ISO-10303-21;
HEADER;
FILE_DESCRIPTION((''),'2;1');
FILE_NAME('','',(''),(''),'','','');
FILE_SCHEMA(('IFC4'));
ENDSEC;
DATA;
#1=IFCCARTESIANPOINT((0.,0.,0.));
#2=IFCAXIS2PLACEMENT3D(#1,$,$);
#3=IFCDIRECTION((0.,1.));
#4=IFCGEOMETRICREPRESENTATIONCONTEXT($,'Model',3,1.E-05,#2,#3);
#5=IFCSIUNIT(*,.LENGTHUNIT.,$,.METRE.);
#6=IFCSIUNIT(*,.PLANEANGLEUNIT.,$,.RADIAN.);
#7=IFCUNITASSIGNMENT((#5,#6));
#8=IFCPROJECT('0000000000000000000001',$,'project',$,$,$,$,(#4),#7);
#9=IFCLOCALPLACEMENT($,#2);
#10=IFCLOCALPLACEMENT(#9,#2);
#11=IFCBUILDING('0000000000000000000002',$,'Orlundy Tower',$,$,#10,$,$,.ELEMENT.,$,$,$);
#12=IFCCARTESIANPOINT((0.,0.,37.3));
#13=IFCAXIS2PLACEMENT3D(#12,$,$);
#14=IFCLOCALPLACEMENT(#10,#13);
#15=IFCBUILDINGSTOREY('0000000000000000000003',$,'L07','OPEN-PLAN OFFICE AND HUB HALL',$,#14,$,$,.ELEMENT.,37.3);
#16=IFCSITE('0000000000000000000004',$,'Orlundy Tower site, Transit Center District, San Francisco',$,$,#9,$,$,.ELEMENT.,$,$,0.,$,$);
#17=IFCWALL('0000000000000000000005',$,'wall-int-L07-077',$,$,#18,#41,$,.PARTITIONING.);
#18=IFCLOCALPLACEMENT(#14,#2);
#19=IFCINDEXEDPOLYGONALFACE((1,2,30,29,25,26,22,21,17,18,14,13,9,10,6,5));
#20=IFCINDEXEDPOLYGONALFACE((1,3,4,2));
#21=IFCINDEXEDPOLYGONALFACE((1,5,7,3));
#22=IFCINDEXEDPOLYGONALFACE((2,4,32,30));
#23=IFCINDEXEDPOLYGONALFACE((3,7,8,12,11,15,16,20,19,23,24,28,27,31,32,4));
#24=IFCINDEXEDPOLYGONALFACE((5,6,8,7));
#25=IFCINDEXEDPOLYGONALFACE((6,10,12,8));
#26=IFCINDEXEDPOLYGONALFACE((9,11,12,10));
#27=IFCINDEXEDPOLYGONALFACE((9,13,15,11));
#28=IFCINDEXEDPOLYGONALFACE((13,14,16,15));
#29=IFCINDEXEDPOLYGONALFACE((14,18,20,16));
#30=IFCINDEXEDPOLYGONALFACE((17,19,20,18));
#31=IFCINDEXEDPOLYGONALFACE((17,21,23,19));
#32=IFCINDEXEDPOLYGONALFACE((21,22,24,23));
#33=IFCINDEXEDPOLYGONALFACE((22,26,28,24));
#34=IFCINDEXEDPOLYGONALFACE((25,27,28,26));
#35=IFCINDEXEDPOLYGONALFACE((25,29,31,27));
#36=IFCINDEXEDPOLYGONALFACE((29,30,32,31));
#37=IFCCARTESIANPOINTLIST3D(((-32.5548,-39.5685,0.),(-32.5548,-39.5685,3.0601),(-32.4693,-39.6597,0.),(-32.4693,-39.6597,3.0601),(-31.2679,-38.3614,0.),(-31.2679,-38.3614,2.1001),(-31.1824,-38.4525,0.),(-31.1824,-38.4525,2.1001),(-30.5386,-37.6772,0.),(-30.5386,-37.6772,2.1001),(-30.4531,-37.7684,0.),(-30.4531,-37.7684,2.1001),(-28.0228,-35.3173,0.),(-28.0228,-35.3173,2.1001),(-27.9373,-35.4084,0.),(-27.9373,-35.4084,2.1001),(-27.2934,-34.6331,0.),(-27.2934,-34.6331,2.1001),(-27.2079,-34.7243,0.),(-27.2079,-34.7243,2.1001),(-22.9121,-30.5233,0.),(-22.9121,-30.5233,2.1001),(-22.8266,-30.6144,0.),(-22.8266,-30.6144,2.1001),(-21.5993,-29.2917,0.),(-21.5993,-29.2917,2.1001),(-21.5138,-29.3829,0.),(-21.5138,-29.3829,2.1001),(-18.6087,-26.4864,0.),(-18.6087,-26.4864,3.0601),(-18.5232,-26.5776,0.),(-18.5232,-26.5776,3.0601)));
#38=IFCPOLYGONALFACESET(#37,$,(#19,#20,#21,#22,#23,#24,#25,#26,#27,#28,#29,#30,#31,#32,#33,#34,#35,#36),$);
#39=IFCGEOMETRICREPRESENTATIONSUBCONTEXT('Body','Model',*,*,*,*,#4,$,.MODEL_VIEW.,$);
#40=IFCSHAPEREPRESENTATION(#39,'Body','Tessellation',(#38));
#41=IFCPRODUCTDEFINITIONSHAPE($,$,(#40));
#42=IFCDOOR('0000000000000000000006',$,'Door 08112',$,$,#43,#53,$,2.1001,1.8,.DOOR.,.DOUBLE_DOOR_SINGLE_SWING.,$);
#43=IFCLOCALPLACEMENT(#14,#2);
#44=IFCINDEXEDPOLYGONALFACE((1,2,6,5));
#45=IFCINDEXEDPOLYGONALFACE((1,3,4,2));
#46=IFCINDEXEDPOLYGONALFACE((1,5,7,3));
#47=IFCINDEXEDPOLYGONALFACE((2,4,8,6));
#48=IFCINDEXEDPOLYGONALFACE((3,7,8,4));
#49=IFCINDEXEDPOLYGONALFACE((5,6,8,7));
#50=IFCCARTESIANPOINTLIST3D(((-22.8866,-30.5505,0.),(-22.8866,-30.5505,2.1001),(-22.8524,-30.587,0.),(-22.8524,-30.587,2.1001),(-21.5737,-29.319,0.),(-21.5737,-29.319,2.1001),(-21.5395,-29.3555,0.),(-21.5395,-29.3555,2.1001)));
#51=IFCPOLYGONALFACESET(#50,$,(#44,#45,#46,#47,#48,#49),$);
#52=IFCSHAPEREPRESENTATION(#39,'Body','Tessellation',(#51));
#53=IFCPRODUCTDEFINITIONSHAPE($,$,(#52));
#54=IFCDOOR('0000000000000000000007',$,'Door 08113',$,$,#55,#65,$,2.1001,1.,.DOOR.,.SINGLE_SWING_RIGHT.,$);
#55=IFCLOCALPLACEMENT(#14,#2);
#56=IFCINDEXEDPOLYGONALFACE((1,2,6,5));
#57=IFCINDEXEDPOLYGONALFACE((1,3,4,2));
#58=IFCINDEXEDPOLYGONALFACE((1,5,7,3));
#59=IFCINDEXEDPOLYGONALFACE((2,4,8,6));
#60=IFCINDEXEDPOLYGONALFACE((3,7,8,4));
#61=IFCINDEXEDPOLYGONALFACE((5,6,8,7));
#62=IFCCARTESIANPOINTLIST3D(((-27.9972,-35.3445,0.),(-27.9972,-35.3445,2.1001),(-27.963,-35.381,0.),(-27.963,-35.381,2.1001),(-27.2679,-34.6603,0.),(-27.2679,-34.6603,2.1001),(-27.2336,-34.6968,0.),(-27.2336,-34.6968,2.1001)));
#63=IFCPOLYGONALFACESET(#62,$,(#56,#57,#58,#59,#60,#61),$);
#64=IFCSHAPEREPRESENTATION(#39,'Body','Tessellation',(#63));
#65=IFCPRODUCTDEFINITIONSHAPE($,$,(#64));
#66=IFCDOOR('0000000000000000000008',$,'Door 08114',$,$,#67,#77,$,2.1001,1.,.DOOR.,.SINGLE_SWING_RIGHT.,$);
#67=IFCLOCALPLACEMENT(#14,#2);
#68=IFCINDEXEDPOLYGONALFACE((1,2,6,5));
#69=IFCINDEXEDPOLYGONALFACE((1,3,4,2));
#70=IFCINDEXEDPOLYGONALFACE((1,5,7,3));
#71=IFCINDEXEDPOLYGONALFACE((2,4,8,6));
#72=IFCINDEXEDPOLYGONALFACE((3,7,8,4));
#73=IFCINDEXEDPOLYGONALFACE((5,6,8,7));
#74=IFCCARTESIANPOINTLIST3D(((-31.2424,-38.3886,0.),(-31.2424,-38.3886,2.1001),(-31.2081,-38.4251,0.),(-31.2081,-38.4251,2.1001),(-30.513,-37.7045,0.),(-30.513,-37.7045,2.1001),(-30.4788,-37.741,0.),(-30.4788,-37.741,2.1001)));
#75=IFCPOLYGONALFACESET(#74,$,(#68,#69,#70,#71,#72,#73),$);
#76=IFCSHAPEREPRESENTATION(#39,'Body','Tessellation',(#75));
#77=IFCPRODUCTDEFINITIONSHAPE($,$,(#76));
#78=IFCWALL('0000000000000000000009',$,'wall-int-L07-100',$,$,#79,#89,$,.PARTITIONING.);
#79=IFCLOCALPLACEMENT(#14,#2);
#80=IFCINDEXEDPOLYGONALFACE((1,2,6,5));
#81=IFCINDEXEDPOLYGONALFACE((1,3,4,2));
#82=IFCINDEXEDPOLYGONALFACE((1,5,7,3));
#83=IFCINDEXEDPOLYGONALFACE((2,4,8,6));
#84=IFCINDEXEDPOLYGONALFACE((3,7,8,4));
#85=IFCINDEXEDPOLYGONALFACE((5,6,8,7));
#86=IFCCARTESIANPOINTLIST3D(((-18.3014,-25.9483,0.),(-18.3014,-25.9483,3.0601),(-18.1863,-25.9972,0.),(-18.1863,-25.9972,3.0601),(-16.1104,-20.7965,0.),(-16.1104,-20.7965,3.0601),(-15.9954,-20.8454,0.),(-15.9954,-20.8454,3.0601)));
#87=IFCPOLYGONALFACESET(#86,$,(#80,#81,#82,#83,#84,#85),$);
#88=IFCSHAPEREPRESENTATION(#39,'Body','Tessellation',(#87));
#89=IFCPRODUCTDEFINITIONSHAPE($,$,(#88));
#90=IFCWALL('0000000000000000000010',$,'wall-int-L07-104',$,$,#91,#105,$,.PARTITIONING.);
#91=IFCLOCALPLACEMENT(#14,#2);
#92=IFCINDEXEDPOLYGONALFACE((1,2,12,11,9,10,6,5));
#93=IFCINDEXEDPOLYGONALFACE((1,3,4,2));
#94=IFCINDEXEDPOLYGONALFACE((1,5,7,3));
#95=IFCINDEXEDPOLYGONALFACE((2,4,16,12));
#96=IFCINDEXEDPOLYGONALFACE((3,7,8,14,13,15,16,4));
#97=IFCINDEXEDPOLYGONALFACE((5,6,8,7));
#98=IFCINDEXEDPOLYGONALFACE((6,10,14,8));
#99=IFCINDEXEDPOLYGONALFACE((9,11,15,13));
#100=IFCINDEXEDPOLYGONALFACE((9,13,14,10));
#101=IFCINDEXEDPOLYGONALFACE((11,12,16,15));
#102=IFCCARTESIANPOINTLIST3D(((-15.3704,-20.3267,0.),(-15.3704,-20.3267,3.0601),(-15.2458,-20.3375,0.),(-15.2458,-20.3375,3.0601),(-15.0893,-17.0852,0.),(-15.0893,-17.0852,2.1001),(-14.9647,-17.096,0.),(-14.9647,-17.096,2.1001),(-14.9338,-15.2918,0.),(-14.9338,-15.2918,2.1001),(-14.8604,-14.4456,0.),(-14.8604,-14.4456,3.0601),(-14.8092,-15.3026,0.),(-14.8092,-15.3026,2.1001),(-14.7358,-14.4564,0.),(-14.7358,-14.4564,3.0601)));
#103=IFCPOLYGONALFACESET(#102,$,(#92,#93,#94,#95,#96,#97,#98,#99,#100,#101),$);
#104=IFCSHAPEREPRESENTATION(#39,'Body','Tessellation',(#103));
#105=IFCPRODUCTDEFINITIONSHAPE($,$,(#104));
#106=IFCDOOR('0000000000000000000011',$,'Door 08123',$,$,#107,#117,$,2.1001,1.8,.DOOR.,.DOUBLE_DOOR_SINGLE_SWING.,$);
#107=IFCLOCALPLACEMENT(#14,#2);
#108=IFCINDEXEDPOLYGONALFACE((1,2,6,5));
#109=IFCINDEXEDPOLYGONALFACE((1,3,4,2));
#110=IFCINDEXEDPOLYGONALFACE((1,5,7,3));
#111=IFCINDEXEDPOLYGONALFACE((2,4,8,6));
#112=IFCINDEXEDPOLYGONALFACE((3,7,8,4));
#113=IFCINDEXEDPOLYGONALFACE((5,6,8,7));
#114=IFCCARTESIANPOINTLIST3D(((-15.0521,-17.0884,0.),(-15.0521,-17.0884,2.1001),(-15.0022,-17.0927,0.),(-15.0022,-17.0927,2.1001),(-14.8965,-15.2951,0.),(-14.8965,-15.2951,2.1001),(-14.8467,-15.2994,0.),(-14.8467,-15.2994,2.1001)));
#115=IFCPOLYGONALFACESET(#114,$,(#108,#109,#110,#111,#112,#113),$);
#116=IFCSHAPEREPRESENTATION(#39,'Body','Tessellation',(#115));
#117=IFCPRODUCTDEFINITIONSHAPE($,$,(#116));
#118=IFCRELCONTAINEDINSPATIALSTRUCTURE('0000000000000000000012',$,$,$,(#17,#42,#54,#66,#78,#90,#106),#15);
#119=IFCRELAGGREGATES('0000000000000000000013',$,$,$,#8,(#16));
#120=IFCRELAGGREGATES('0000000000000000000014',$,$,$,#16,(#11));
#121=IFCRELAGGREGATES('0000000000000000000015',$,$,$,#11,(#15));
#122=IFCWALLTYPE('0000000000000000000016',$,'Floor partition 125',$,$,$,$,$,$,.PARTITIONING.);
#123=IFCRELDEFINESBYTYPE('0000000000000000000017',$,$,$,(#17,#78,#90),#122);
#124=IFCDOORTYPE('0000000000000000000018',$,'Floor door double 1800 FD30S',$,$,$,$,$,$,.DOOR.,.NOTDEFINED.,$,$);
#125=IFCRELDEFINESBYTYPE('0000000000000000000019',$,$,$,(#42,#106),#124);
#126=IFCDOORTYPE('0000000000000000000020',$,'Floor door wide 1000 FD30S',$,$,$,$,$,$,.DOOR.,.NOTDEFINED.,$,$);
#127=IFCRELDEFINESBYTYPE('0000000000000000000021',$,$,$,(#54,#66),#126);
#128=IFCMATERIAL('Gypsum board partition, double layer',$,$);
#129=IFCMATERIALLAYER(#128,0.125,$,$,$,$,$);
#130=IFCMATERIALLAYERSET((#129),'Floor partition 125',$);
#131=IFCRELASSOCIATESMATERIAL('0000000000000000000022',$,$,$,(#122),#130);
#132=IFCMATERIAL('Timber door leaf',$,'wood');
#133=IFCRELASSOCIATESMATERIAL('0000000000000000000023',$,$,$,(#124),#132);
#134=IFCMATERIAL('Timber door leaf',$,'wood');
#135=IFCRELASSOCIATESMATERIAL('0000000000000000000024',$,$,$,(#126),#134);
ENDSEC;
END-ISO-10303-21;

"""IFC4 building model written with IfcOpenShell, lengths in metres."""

from ifc_helpers import new_model, si_unit, direction, frame, frame_2d, origin, place, context, subcontext, project, spatial, rectangle, extrude, material, layer, layer_set, type_object, element, fill, save


model = new_model("IFC4")

# Units and contexts
model_context = context("Model", 3, precision=1e-05, world=origin(), true_north=direction((0.0, 1.0)))
body_context = subcontext(model_context, "Body", "Model", "MODEL_VIEW")
ifc_project = project(units=[si_unit("LENGTHUNIT", "METRE"), si_unit("PLANEANGLEUNIT", "RADIAN")], contexts=[model_context])

# Site, building, storey
site_placement = place(None, origin())
site = spatial("IfcSite", under=ifc_project, at=site_placement, Name="Orlundy Tower site, Transit Center District, San Francisco", CompositionType="ELEMENT", RefElevation=0.0)
building_placement = place(site_placement, origin())
building = spatial("IfcBuilding", under=site, at=building_placement, Name="Orlundy Tower", CompositionType="ELEMENT")
storey_placement = place(building_placement, frame((0.0, 0.0, 37.3)))
storey = spatial("IfcBuildingStorey", under=building, at=storey_placement, Name="L07", Description="OPEN-PLAN OFFICE AND HUB HALL", CompositionType="ELEMENT", Elevation=37.3)

# Shared definitions
ifc_material_1 = material(Name="Gypsum board partition, double layer")
ifc_layer_1 = layer(ifc_material_1, 0.125)
ifc_layer_set_1 = layer_set([ifc_layer_1], Name="Floor partition 125")
wall_type_1 = type_object("IfcWallType", Name="Floor partition 125", PredefinedType="PARTITIONING", material=ifc_layer_set_1)

# Wall, openings, doors
wall_1_placement = place(storey_placement, frame((-18.5659, -26.532, 0.0), z_axis=(0.0, 0.0, 1.0), x_axis=(-0.729338, -0.684153, 0.0)))
wall_1 = element("IfcWall", 1, at=wall_1_placement, inside=storey, type_object=wall_type_1, Name="wall-int-L07-077", PredefinedType="PARTITIONING", context=body_context, shape_type="SweptSolid", body=[
    extrude(rectangle(XDim=19.1216, YDim=0.125, at=frame_2d((9.5608, 0.0))), origin(), (0.0, 0.0, 1.0), 3.0601),
])
opening_1_placement = place(wall_1_placement, frame((4.1006, 0.0, 0.0)))
opening_1 = element("IfcOpeningElement", 2, at=opening_1_placement, cuts=wall_1, PredefinedType="OPENING", context=body_context, shape_type="SweptSolid", body=[
    extrude(rectangle(XDim=1.8, YDim=2.1001, at=frame_2d((0.8999, 1.05))), frame((0.0, 0.0725, 0.0), z_axis=(0.0, -1.0, 0.0), x_axis=(1.0, 0.0, 0.0)), (0.0, 0.0, 1.0), 0.145),
])
opening_2_placement = place(wall_1_placement, frame((11.9077, 0.0, 0.0)))
opening_2 = element("IfcOpeningElement", 3, at=opening_2_placement, cuts=wall_1, PredefinedType="OPENING", context=body_context, shape_type="SweptSolid", body=[
    extrude(rectangle(XDim=1.0, YDim=2.1001, at=frame_2d((0.5, 1.05))), frame((0.0, 0.0725, 0.0), z_axis=(0.0, -1.0, 0.0), x_axis=(1.0, 0.0, 0.0)), (0.0, 0.0, 1.0), 0.145),
])
opening_3_placement = place(wall_1_placement, frame((16.3572, 0.0, 0.0)))
opening_3 = element("IfcOpeningElement", 4, at=opening_3_placement, cuts=wall_1, PredefinedType="OPENING", context=body_context, shape_type="SweptSolid", body=[
    extrude(rectangle(XDim=1.0, YDim=2.1001, at=frame_2d((0.5, 1.05))), frame((0.0, 0.0725, 0.0), z_axis=(0.0, -1.0, 0.0), x_axis=(1.0, 0.0, 0.0)), (0.0, 0.0, 1.0), 0.145),
])
ifc_material_2 = material(Name="Timber door leaf", Category="wood")
door_type_1 = type_object("IfcDoorType", Name="Floor door double 1800 FD30S", OperationType="NOTDEFINED", PredefinedType="DOOR", material=ifc_material_2)
door_1_placement = place(opening_1_placement, origin())
door_1 = element("IfcDoor", 5, at=door_1_placement, inside=storey, type_object=door_type_1, Name="Door 08112", OperationType="DOUBLE_DOOR_SINGLE_SWING", OverallHeight=2.1001, OverallWidth=1.8, PredefinedType="DOOR", context=body_context, shape_type="SweptSolid", body=[
    extrude(rectangle(XDim=1.8, YDim=2.1001, at=frame_2d((0.8999, 1.05))), frame((0.0, 0.0249, 0.0), z_axis=(0.0, -1.0, 0.0), x_axis=(1.0, 0.0, 0.0)), (0.0, 0.0, 1.0), 0.05),
])
fill(opening_1, door_1)
ifc_material_3 = material(Name="Timber door leaf", Category="wood")
door_type_2 = type_object("IfcDoorType", Name="Floor door wide 1000 FD30S", OperationType="NOTDEFINED", PredefinedType="DOOR", material=ifc_material_3)
door_2_placement = place(opening_2_placement, origin())
door_2 = element("IfcDoor", 6, at=door_2_placement, inside=storey, type_object=door_type_2, Name="Door 08113", OperationType="SINGLE_SWING_RIGHT", OverallHeight=2.1001, OverallWidth=1.0, PredefinedType="DOOR", context=body_context, shape_type="SweptSolid", body=[
    extrude(rectangle(XDim=1.0, YDim=2.1001, at=frame_2d((0.5, 1.05))), frame((0.0, 0.0249, 0.0), z_axis=(0.0, -1.0, 0.0), x_axis=(1.0, 0.0, 0.0)), (0.0, 0.0, 1.0), 0.05),
])
fill(opening_2, door_2)
door_3_placement = place(opening_3_placement, origin())
door_3 = element("IfcDoor", 7, at=door_3_placement, inside=storey, type_object=door_type_2, Name="Door 08114", OperationType="SINGLE_SWING_RIGHT", OverallHeight=2.1001, OverallWidth=1.0, PredefinedType="DOOR", context=body_context, shape_type="SweptSolid", body=[
    extrude(rectangle(XDim=1.0, YDim=2.1001, at=frame_2d((0.5, 1.05))), frame((0.0, 0.0249, 0.0), z_axis=(0.0, -1.0, 0.0), x_axis=(1.0, 0.0, 0.0)), (0.0, 0.0, 1.0), 0.05),
])
fill(opening_3, door_3)

# Wall
wall_2_placement = place(storey_placement, frame((-18.2439, -25.9729, 0.0), z_axis=(0.0, 0.0, 1.0), x_axis=(0.391349, 0.920242, 0.0)))
element("IfcWall", 8, at=wall_2_placement, inside=storey, type_object=wall_type_1, Name="wall-int-L07-100", PredefinedType="PARTITIONING", context=body_context, shape_type="SweptSolid", body=[
    extrude(rectangle(XDim=5.5984, YDim=0.125, at=frame_2d((2.7993, 0.0))), origin(), (0.0, 0.0, 1.0), 3.0601),
])

# Wall, opening, door
wall_3_placement = place(storey_placement, frame((-14.7981, -14.4509, 0.0), z_axis=(0.0, 0.0, 1.0), x_axis=(-0.086396, -0.996261, 0.0)))
wall_3 = element("IfcWall", 9, at=wall_3_placement, inside=storey, type_object=wall_type_1, Name="wall-int-L07-104", PredefinedType="PARTITIONING", context=body_context, shape_type="SweptSolid", body=[
    extrude(rectangle(XDim=5.9031, YDim=0.125, at=frame_2d((2.9517, 0.0))), origin(), (0.0, 0.0, 1.0), 3.0601),
])
opening_4_placement = place(wall_3_placement, frame((0.8496, 0.0, 0.0)))
opening_4 = element("IfcOpeningElement", 10, at=opening_4_placement, cuts=wall_3, PredefinedType="OPENING", context=body_context, shape_type="SweptSolid", body=[
    extrude(rectangle(XDim=1.8, YDim=2.1001, at=frame_2d((0.8999, 1.05))), frame((0.0, 0.0725, 0.0), z_axis=(0.0, -1.0, 0.0), x_axis=(1.0, 0.0, 0.0)), (0.0, 0.0, 1.0), 0.145),
])
door_4_placement = place(opening_4_placement, origin())
door_4 = element("IfcDoor", 11, at=door_4_placement, inside=storey, type_object=door_type_1, Name="Door 08123", OperationType="DOUBLE_DOOR_SINGLE_SWING", OverallHeight=2.1001, OverallWidth=1.8, PredefinedType="DOOR", context=body_context, shape_type="SweptSolid", body=[
    extrude(rectangle(XDim=1.8, YDim=2.1001, at=frame_2d((0.8999, 1.05))), frame((0.0, 0.0249, 0.0), z_axis=(0.0, -1.0, 0.0), x_axis=(1.0, 0.0, 0.0)), (0.0, 0.0, 1.0), 0.05),
])
fill(opening_4, door_4)

save(model, "model.ifc")
